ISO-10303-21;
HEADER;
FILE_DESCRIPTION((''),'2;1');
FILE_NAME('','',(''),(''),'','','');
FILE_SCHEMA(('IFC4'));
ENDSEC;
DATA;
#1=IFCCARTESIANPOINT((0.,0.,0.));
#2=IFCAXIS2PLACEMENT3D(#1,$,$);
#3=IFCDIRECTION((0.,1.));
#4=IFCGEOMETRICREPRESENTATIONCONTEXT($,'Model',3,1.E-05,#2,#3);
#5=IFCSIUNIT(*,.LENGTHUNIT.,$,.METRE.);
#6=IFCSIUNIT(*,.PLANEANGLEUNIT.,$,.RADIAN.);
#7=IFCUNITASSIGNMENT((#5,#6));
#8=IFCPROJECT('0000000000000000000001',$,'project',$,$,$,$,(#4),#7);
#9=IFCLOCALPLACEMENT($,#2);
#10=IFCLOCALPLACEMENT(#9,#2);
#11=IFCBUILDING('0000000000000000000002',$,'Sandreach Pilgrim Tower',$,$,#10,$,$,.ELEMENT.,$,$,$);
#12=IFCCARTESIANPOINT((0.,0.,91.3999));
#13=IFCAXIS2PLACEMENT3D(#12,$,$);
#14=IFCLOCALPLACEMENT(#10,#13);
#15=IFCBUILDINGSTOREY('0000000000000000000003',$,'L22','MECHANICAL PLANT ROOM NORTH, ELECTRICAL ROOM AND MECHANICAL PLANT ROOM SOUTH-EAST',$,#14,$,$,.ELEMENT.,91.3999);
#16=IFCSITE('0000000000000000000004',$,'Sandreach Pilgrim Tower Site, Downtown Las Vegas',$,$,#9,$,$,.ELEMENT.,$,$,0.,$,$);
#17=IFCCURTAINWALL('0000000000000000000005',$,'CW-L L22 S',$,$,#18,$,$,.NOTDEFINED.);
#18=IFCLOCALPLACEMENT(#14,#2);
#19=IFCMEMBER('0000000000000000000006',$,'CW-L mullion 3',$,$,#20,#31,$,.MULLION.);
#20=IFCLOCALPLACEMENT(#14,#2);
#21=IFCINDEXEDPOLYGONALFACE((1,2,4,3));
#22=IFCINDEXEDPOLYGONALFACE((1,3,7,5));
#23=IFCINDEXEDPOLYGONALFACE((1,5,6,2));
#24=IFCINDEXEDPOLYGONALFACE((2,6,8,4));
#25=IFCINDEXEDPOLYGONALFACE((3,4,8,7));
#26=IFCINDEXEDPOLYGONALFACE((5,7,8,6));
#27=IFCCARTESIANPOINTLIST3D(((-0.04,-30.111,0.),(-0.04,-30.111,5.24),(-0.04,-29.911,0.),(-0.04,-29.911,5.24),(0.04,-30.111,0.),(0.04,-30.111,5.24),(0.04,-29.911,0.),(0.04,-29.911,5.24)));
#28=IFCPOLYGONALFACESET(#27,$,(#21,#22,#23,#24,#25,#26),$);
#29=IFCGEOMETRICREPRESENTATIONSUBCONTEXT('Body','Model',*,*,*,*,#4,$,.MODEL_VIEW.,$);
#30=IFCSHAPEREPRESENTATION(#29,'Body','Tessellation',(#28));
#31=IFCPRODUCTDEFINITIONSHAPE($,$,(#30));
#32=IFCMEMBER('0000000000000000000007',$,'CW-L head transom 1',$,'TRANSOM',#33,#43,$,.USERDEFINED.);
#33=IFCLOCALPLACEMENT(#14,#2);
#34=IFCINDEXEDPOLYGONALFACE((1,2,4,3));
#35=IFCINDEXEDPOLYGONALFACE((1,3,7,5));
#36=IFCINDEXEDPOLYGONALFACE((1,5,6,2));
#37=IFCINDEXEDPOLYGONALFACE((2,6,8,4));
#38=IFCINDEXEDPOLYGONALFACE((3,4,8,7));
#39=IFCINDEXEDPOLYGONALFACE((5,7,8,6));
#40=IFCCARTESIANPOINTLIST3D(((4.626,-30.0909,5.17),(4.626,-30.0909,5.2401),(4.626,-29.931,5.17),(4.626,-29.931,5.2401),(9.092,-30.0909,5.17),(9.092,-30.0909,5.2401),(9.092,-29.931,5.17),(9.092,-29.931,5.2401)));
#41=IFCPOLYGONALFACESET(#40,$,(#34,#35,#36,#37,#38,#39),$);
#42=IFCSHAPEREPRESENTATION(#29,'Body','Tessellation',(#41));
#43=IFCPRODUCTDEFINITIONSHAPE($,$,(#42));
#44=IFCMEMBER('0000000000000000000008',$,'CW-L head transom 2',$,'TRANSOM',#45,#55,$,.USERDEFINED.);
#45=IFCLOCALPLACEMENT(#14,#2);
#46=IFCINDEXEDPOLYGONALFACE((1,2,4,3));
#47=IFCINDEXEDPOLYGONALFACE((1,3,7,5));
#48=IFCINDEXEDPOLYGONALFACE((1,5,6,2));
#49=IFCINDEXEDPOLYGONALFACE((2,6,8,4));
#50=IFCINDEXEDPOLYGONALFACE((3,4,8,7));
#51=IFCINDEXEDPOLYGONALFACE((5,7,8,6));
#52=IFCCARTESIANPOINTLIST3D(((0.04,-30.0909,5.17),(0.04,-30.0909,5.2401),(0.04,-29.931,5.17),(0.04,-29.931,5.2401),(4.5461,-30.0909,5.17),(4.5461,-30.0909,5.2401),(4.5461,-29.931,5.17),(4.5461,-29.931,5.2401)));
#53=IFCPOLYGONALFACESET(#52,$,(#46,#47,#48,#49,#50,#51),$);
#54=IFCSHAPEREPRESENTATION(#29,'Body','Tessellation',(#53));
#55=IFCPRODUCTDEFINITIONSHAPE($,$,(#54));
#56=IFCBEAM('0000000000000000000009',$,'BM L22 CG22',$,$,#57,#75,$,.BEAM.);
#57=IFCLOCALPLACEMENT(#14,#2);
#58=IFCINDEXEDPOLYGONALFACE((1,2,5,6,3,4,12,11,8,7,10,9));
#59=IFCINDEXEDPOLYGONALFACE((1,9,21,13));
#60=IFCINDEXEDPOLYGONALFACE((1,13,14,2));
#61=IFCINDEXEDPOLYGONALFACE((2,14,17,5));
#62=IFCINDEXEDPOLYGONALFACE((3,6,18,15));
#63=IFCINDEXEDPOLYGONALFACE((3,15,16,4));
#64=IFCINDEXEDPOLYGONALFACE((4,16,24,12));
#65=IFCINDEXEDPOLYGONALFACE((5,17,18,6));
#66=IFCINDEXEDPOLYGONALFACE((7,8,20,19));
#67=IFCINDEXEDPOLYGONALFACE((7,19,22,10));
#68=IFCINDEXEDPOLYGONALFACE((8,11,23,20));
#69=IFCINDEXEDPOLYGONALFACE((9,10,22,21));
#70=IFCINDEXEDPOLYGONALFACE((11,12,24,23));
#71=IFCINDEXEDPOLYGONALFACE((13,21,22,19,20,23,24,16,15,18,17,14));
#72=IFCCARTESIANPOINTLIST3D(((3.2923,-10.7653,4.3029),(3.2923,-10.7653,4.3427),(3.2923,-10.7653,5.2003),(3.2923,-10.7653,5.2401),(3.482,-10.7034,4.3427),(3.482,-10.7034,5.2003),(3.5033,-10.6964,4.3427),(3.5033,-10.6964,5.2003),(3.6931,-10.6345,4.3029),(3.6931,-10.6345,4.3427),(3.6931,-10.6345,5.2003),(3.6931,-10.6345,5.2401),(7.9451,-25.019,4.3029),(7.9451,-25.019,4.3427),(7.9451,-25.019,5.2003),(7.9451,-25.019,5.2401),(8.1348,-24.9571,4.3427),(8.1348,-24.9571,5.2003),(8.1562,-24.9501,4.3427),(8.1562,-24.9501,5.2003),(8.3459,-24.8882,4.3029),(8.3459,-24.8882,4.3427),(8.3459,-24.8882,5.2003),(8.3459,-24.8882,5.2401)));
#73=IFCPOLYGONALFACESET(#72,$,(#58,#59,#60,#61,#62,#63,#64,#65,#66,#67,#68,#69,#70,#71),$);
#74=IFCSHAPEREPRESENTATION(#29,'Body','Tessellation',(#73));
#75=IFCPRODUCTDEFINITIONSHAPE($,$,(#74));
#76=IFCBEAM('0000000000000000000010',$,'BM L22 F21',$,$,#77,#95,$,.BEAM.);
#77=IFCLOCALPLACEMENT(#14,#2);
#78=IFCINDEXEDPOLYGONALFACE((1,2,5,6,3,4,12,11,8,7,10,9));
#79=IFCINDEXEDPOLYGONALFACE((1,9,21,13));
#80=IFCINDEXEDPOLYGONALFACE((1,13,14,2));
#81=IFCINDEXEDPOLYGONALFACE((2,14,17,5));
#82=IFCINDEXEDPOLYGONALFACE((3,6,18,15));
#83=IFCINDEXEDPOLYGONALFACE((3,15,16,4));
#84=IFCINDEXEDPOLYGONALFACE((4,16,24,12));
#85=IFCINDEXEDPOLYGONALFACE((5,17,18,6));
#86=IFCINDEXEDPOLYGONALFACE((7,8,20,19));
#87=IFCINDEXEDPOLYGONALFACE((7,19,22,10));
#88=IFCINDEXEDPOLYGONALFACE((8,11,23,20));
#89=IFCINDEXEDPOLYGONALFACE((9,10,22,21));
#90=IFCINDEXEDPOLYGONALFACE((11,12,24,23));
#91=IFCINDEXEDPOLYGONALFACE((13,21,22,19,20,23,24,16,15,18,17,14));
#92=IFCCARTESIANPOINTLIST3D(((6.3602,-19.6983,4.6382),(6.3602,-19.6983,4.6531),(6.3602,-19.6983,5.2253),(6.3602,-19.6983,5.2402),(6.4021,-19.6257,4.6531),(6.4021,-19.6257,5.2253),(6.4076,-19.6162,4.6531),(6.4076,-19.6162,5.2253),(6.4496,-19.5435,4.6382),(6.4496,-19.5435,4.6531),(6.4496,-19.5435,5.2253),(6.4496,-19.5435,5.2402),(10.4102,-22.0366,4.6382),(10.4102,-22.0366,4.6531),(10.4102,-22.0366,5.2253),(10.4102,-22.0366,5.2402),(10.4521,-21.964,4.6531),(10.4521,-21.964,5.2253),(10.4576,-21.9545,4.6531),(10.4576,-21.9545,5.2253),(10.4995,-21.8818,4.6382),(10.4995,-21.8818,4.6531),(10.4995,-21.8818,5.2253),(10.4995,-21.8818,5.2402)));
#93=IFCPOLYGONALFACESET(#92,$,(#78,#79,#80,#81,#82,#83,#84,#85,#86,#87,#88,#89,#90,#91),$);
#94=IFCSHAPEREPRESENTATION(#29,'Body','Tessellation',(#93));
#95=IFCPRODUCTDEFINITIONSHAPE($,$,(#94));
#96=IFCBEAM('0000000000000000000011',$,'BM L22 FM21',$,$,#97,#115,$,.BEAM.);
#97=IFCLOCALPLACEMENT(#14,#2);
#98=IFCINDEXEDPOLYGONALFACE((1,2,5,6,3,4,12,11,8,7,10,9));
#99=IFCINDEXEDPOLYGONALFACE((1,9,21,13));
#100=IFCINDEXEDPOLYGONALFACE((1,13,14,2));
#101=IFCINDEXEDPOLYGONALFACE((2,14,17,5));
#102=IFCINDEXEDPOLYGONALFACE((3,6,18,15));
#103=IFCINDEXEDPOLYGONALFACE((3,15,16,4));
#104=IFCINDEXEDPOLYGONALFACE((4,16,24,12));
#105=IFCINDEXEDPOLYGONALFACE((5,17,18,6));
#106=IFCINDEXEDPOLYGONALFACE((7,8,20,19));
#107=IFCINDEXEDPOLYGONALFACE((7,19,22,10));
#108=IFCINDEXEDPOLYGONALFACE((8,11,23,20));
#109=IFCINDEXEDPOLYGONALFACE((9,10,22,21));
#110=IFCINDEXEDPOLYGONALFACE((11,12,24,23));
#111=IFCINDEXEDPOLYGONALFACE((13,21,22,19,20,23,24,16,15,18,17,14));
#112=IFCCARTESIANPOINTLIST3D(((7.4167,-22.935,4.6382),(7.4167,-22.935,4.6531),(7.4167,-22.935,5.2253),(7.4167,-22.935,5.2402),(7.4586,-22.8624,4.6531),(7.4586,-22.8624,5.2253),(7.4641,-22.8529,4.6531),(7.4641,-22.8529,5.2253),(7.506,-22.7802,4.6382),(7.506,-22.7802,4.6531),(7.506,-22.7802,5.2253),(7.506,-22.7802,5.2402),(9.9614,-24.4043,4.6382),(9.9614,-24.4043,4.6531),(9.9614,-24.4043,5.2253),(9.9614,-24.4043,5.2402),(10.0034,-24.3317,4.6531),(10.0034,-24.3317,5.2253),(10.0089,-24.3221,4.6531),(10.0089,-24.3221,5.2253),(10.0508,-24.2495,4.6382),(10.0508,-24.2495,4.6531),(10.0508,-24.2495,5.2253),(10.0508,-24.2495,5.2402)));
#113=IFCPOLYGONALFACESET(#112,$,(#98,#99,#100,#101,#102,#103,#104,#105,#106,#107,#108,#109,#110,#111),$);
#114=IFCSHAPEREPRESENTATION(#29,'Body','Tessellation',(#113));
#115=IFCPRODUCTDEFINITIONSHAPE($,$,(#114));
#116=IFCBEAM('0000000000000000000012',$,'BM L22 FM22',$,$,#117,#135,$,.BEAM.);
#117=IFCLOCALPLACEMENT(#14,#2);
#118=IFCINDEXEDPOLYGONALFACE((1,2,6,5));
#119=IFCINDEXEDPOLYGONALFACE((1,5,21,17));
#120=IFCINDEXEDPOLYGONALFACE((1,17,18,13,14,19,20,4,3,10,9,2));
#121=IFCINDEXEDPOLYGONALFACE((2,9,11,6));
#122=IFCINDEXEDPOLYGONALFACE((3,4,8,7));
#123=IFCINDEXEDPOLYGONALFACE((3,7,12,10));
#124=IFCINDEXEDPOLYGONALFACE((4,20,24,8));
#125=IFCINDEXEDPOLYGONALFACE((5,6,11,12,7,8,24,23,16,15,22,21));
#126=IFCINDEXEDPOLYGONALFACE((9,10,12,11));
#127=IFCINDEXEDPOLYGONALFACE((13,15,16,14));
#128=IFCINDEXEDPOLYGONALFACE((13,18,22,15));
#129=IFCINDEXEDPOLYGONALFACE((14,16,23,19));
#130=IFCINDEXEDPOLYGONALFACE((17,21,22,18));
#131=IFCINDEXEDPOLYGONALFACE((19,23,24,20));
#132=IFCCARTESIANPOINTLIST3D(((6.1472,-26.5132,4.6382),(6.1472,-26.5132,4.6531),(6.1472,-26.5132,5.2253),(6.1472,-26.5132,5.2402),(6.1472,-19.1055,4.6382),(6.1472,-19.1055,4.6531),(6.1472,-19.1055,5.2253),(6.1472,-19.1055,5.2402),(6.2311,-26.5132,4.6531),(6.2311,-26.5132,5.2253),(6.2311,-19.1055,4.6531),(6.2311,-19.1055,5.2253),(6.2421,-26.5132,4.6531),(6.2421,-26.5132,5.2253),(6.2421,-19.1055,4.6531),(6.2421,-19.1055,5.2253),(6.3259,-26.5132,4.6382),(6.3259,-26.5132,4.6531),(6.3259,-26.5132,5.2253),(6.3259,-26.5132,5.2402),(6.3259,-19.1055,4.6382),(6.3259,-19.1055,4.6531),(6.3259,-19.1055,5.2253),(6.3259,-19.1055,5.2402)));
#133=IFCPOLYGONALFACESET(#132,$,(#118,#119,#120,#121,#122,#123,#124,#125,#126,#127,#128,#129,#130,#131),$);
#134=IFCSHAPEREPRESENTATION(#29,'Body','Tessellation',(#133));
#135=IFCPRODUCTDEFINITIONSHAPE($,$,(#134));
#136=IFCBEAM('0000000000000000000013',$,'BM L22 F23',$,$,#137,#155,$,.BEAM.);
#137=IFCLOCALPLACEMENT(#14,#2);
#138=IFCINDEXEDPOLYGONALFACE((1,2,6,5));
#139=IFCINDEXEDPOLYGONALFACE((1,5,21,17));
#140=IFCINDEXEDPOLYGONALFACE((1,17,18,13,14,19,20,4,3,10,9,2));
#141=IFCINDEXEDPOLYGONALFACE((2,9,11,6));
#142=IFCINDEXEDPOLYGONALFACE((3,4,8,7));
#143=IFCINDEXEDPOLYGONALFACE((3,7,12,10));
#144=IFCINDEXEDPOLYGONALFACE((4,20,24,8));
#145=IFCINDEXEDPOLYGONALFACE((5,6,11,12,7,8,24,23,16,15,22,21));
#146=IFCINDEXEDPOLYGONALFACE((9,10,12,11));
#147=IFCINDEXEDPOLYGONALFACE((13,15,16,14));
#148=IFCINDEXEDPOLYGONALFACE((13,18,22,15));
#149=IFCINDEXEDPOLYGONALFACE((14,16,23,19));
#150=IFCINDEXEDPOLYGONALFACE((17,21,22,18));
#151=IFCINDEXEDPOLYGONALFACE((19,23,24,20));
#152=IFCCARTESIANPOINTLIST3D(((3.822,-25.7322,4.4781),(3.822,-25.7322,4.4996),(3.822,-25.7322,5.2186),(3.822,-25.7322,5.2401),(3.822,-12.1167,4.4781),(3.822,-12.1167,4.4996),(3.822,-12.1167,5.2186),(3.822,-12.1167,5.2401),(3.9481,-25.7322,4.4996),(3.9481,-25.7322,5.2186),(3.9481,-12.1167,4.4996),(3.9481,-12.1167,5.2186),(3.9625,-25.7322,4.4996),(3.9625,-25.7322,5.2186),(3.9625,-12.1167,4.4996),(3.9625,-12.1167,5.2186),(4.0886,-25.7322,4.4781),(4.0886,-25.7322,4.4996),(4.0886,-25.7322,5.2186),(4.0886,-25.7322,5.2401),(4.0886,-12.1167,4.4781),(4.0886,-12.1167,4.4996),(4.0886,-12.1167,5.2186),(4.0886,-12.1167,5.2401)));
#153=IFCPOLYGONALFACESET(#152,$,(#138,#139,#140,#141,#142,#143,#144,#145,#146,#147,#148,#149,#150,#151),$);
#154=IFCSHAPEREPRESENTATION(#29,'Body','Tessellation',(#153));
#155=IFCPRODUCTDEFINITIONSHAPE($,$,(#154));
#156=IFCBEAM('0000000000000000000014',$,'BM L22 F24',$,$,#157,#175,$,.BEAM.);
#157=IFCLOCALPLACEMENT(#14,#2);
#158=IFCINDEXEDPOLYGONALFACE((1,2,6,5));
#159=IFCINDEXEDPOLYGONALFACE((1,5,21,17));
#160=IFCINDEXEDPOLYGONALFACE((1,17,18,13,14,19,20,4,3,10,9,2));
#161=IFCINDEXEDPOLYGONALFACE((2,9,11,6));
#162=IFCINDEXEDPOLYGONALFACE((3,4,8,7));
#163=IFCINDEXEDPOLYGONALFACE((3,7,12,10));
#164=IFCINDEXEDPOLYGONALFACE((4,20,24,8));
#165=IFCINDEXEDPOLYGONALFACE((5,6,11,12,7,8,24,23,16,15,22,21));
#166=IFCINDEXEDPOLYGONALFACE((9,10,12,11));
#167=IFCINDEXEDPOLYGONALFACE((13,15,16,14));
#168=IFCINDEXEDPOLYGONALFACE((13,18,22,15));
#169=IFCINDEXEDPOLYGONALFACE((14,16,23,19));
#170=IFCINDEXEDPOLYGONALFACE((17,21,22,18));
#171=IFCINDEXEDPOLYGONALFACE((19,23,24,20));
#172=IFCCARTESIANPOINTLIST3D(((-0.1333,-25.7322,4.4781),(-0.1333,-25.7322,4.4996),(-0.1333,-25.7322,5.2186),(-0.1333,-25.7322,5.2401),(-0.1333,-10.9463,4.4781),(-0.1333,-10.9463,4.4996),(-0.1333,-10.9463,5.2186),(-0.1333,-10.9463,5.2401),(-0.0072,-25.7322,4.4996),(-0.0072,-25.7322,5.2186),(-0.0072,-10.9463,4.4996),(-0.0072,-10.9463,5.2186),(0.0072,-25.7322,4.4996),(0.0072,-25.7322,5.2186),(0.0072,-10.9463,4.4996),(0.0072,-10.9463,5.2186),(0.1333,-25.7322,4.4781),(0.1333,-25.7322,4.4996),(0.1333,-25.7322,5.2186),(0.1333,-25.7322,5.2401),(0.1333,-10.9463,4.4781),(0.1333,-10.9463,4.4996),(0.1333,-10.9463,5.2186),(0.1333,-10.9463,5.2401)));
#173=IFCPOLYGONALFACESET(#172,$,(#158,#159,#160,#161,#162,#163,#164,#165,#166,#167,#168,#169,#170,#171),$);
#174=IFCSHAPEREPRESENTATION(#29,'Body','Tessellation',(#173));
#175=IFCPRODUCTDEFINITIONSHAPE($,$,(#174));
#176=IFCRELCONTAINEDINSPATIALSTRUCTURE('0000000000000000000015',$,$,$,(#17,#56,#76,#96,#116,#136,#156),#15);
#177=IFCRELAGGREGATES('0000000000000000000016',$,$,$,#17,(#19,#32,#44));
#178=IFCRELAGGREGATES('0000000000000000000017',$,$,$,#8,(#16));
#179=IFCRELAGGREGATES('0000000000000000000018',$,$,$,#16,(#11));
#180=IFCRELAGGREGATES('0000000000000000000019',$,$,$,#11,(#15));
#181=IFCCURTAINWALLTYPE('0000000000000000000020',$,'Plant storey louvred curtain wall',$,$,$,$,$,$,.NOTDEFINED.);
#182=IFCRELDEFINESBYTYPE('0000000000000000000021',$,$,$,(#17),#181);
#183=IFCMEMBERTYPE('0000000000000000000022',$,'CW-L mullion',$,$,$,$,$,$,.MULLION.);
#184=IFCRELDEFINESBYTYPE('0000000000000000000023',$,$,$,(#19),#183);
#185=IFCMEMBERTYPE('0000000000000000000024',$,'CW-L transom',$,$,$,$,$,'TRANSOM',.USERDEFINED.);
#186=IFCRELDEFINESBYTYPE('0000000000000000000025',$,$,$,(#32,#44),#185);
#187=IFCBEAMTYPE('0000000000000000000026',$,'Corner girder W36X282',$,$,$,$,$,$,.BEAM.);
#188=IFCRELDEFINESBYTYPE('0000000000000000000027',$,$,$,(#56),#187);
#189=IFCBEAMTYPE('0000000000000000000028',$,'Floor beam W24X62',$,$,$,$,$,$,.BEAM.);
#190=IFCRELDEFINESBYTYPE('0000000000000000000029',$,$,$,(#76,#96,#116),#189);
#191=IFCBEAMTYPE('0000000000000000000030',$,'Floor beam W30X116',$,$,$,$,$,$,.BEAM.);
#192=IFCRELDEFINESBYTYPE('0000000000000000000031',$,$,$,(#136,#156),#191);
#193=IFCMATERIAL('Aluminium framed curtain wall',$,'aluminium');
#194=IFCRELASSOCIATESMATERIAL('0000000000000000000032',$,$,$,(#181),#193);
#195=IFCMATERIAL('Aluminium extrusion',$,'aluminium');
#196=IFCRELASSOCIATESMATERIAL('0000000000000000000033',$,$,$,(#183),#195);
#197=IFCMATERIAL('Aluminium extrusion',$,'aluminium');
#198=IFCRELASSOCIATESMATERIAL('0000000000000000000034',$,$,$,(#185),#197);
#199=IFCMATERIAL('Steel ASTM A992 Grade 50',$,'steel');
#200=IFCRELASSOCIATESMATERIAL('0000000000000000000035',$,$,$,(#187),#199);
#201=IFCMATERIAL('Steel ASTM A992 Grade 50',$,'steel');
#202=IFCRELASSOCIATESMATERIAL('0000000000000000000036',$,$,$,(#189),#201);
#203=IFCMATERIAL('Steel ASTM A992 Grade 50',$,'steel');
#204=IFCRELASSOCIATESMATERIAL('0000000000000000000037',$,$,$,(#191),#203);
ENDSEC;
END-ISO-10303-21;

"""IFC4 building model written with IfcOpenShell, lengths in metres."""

from ifc_helpers import new_model, si_unit, direction, frame, origin, origin_2d, place, context, subcontext, project, spatial, rectangle, i_section, extrude, material, material_profile, profile_set, type_object, element, aggregate, save


model = new_model("IFC4")

# Units and contexts
model_context = context("Model", 3, precision=1e-05, world=origin(), true_north=direction((0.0, 1.0)))
body_context = subcontext(model_context, "Body", "Model", "MODEL_VIEW")
ifc_project = project(units=[si_unit("LENGTHUNIT", "METRE"), si_unit("PLANEANGLEUNIT", "RADIAN")], contexts=[model_context])

# Site, building, storey
site_placement = place(None, origin())
site = spatial("IfcSite", under=ifc_project, at=site_placement, Name="Sandreach Pilgrim Tower Site, Downtown Las Vegas", CompositionType="ELEMENT", RefElevation=0.0)
building_placement = place(site_placement, origin())
building = spatial("IfcBuilding", under=site, at=building_placement, Name="Sandreach Pilgrim Tower", CompositionType="ELEMENT")
storey_placement = place(building_placement, frame((0.0, 0.0, 91.3999)))
storey = spatial("IfcBuildingStorey", under=building, at=storey_placement, Name="L22", Description="MECHANICAL PLANT ROOM NORTH, ELECTRICAL ROOM AND MECHANICAL PLANT ROOM SOUTH-EAST", CompositionType="ELEMENT", Elevation=91.3999)

# Curtain wall, members
ifc_material_1 = material(Name="Aluminium framed curtain wall", Category="aluminium")
curtain_wall_type = type_object("IfcCurtainWallType", Name="Plant storey louvred curtain wall", PredefinedType="NOTDEFINED", material=ifc_material_1)
curtain_wall_placement = place(storey_placement, origin())
curtain_wall = element("IfcCurtainWall", 1, at=curtain_wall_placement, inside=storey, type_object=curtain_wall_type, Name="CW-L L22 S", PredefinedType="NOTDEFINED")
ifc_material_2 = material(Name="Aluminium extrusion", Category="aluminium")
ifc_material_profile_1 = material_profile(ifc_material_2, rectangle(XDim=0.0801, YDim=0.2, at=origin_2d()), Name="CW-LM 80X200")
ifc_profile_set_1 = profile_set([ifc_material_profile_1], Name="Aluminium extrusion")
member_type_1 = type_object("IfcMemberType", Name="CW-L mullion", PredefinedType="MULLION", material=ifc_profile_set_1)
member_1_placement = place(storey_placement, frame((0.0, -30.011, 0.0), z_axis=(0.0, 0.0, 1.0), x_axis=(-1.0, 0.0, 0.0)))
member_1 = element("IfcMember", 2, at=member_1_placement, type_object=member_type_1, Name="CW-L mullion 3", PredefinedType="MULLION", context=body_context, shape_type="SweptSolid", body=[
    extrude(rectangle(XDim=0.0801, YDim=0.2, at=origin_2d()), origin(), (0.0, 0.0, 1.0), 5.24),
])
ifc_material_3 = material(Name="Aluminium extrusion", Category="aluminium")
ifc_material_profile_2 = material_profile(ifc_material_3, rectangle(XDim=0.1599, YDim=0.0701, at=origin_2d()), Name="CW-LT 160X70")
ifc_profile_set_2 = profile_set([ifc_material_profile_2], Name="Aluminium extrusion")
member_type_2 = type_object("IfcMemberType", Name="CW-L transom", ElementType="TRANSOM", PredefinedType="USERDEFINED", material=ifc_profile_set_2)
member_2_placement = place(storey_placement, frame((9.092, -30.011, 5.2051), z_axis=(-1.0, 0.0, 0.0), x_axis=(0.0, -1.0, 0.0)))
member_2 = element("IfcMember", 3, at=member_2_placement, type_object=member_type_2, Name="CW-L head transom 1", ObjectType="TRANSOM", PredefinedType="USERDEFINED", context=body_context, shape_type="SweptSolid", body=[
    extrude(rectangle(XDim=0.1599, YDim=0.0701, at=origin_2d()), origin(), (0.0, 0.0, 1.0), 4.4661),
])
member_3_placement = place(storey_placement, frame((4.5461, -30.011, 5.2051), z_axis=(-1.0, 0.0, 0.0), x_axis=(0.0, -1.0, 0.0)))
member_3 = element("IfcMember", 4, at=member_3_placement, type_object=member_type_2, Name="CW-L head transom 2", ObjectType="TRANSOM", PredefinedType="USERDEFINED", context=body_context, shape_type="SweptSolid", body=[
    extrude(rectangle(XDim=0.1599, YDim=0.0701, at=origin_2d()), origin(), (0.0, 0.0, 1.0), 4.5061),
])

# Beams
ifc_material_4 = material(Name="Steel ASTM A992 Grade 50", Category="steel")
ifc_material_profile_3 = material_profile(ifc_material_4, i_section(OverallWidth=0.4216, OverallDepth=0.9373, WebThickness=0.0225, FlangeThickness=0.0398, at=origin_2d()), Name="W36X282")
ifc_profile_set_3 = profile_set([ifc_material_profile_3], Name="Steel ASTM A992 Grade 50")
beam_type_1 = type_object("IfcBeamType", Name="Corner girder W36X282", PredefinedType="BEAM", material=ifc_profile_set_3)
beam_1_placement = place(storey_placement, frame((8.1455, -24.9536, 4.7715), z_axis=(-0.310316, 0.950633, 0.0), x_axis=(-0.950633, -0.310316, 0.0)))
element("IfcBeam", 5, at=beam_1_placement, inside=storey, type_object=beam_type_1, Name="BM L22 CG22", PredefinedType="BEAM", context=body_context, shape_type="SweptSolid", body=[
    extrude(i_section(OverallWidth=0.4216, OverallDepth=0.9373, WebThickness=0.0225, FlangeThickness=0.0398, at=origin_2d()), origin(), (0.0, 0.0, 1.0), 14.9939),
])
ifc_material_5 = material(Name="Steel ASTM A992 Grade 50", Category="steel")
ifc_material_profile_4 = material_profile(ifc_material_5, i_section(OverallWidth=0.1787, OverallDepth=0.6021, WebThickness=0.011, FlangeThickness=0.0149, at=origin_2d()), Name="W24X62")
ifc_profile_set_4 = profile_set([ifc_material_profile_4], Name="Steel ASTM A992 Grade 50")
beam_type_2 = type_object("IfcBeamType", Name="Floor beam W24X62", PredefinedType="BEAM", material=ifc_profile_set_4)
beam_2_placement = place(storey_placement, frame((10.4548, -21.9592, 4.9392), z_axis=(-0.866018, 0.500013, 0.0), x_axis=(-0.500013, -0.866018, 0.0)))
element("IfcBeam", 6, at=beam_2_placement, inside=storey, type_object=beam_type_2, Name="BM L22 F21", PredefinedType="BEAM", context=body_context, shape_type="SweptSolid", body=[
    extrude(i_section(OverallWidth=0.1787, OverallDepth=0.6021, WebThickness=0.011, FlangeThickness=0.0149, at=origin_2d()), origin(), (0.0, 0.0, 1.0), 4.6765),
])
beam_3_placement = place(storey_placement, frame((10.0061, -24.3269, 4.9392), z_axis=(-0.866015, 0.500017, 0.0), x_axis=(-0.500017, -0.866015, 0.0)))
element("IfcBeam", 7, at=beam_3_placement, inside=storey, type_object=beam_type_2, Name="BM L22 FM21", PredefinedType="BEAM", context=body_context, shape_type="SweptSolid", body=[
    extrude(i_section(OverallWidth=0.1787, OverallDepth=0.6021, WebThickness=0.011, FlangeThickness=0.0149, at=origin_2d()), origin(), (0.0, 0.0, 1.0), 2.9385),
])
beam_4_placement = place(storey_placement, frame((6.2366, -26.5132, 4.9392), z_axis=(0.0, 1.0, 0.0), x_axis=(-1.0, 0.0, 0.0)))
element("IfcBeam", 8, at=beam_4_placement, inside=storey, type_object=beam_type_2, Name="BM L22 FM22", PredefinedType="BEAM", context=body_context, shape_type="SweptSolid", body=[
    extrude(i_section(OverallWidth=0.1787, OverallDepth=0.6021, WebThickness=0.011, FlangeThickness=0.0149, at=origin_2d()), origin(), (0.0, 0.0, 1.0), 7.4077),
])
ifc_material_6 = material(Name="Steel ASTM A992 Grade 50", Category="steel")
ifc_material_profile_5 = material_profile(ifc_material_6, i_section(OverallWidth=0.2666, OverallDepth=0.762, WebThickness=0.0144, FlangeThickness=0.0215, at=origin_2d()), Name="W30X116")
ifc_profile_set_5 = profile_set([ifc_material_profile_5], Name="Steel ASTM A992 Grade 50")
beam_type_3 = type_object("IfcBeamType", Name="Floor beam W30X116", PredefinedType="BEAM", material=ifc_profile_set_5)
beam_5_placement = place(storey_placement, frame((3.9553, -25.7322, 4.8591), z_axis=(0.0, 1.0, 0.0), x_axis=(-1.0, 0.0, 0.0)))
element("IfcBeam", 9, at=beam_5_placement, inside=storey, type_object=beam_type_3, Name="BM L22 F23", PredefinedType="BEAM", context=body_context, shape_type="SweptSolid", body=[
    extrude(i_section(OverallWidth=0.2666, OverallDepth=0.762, WebThickness=0.0144, FlangeThickness=0.0215, at=origin_2d()), origin(), (0.0, 0.0, 1.0), 13.6155),
])
beam_6_placement = place(storey_placement, frame((0.0, -25.7322, 4.8591), z_axis=(0.0, 1.0, 0.0), x_axis=(-1.0, 0.0, 0.0)))
element("IfcBeam", 10, at=beam_6_placement, inside=storey, type_object=beam_type_3, Name="BM L22 F24", PredefinedType="BEAM", context=body_context, shape_type="SweptSolid", body=[
    extrude(i_section(OverallWidth=0.2666, OverallDepth=0.762, WebThickness=0.0144, FlangeThickness=0.0215, at=origin_2d()), origin(), (0.0, 0.0, 1.0), 14.7859),
])

aggregate(curtain_wall, [member_1, member_2, member_3])

save(model, "model.ifc")
